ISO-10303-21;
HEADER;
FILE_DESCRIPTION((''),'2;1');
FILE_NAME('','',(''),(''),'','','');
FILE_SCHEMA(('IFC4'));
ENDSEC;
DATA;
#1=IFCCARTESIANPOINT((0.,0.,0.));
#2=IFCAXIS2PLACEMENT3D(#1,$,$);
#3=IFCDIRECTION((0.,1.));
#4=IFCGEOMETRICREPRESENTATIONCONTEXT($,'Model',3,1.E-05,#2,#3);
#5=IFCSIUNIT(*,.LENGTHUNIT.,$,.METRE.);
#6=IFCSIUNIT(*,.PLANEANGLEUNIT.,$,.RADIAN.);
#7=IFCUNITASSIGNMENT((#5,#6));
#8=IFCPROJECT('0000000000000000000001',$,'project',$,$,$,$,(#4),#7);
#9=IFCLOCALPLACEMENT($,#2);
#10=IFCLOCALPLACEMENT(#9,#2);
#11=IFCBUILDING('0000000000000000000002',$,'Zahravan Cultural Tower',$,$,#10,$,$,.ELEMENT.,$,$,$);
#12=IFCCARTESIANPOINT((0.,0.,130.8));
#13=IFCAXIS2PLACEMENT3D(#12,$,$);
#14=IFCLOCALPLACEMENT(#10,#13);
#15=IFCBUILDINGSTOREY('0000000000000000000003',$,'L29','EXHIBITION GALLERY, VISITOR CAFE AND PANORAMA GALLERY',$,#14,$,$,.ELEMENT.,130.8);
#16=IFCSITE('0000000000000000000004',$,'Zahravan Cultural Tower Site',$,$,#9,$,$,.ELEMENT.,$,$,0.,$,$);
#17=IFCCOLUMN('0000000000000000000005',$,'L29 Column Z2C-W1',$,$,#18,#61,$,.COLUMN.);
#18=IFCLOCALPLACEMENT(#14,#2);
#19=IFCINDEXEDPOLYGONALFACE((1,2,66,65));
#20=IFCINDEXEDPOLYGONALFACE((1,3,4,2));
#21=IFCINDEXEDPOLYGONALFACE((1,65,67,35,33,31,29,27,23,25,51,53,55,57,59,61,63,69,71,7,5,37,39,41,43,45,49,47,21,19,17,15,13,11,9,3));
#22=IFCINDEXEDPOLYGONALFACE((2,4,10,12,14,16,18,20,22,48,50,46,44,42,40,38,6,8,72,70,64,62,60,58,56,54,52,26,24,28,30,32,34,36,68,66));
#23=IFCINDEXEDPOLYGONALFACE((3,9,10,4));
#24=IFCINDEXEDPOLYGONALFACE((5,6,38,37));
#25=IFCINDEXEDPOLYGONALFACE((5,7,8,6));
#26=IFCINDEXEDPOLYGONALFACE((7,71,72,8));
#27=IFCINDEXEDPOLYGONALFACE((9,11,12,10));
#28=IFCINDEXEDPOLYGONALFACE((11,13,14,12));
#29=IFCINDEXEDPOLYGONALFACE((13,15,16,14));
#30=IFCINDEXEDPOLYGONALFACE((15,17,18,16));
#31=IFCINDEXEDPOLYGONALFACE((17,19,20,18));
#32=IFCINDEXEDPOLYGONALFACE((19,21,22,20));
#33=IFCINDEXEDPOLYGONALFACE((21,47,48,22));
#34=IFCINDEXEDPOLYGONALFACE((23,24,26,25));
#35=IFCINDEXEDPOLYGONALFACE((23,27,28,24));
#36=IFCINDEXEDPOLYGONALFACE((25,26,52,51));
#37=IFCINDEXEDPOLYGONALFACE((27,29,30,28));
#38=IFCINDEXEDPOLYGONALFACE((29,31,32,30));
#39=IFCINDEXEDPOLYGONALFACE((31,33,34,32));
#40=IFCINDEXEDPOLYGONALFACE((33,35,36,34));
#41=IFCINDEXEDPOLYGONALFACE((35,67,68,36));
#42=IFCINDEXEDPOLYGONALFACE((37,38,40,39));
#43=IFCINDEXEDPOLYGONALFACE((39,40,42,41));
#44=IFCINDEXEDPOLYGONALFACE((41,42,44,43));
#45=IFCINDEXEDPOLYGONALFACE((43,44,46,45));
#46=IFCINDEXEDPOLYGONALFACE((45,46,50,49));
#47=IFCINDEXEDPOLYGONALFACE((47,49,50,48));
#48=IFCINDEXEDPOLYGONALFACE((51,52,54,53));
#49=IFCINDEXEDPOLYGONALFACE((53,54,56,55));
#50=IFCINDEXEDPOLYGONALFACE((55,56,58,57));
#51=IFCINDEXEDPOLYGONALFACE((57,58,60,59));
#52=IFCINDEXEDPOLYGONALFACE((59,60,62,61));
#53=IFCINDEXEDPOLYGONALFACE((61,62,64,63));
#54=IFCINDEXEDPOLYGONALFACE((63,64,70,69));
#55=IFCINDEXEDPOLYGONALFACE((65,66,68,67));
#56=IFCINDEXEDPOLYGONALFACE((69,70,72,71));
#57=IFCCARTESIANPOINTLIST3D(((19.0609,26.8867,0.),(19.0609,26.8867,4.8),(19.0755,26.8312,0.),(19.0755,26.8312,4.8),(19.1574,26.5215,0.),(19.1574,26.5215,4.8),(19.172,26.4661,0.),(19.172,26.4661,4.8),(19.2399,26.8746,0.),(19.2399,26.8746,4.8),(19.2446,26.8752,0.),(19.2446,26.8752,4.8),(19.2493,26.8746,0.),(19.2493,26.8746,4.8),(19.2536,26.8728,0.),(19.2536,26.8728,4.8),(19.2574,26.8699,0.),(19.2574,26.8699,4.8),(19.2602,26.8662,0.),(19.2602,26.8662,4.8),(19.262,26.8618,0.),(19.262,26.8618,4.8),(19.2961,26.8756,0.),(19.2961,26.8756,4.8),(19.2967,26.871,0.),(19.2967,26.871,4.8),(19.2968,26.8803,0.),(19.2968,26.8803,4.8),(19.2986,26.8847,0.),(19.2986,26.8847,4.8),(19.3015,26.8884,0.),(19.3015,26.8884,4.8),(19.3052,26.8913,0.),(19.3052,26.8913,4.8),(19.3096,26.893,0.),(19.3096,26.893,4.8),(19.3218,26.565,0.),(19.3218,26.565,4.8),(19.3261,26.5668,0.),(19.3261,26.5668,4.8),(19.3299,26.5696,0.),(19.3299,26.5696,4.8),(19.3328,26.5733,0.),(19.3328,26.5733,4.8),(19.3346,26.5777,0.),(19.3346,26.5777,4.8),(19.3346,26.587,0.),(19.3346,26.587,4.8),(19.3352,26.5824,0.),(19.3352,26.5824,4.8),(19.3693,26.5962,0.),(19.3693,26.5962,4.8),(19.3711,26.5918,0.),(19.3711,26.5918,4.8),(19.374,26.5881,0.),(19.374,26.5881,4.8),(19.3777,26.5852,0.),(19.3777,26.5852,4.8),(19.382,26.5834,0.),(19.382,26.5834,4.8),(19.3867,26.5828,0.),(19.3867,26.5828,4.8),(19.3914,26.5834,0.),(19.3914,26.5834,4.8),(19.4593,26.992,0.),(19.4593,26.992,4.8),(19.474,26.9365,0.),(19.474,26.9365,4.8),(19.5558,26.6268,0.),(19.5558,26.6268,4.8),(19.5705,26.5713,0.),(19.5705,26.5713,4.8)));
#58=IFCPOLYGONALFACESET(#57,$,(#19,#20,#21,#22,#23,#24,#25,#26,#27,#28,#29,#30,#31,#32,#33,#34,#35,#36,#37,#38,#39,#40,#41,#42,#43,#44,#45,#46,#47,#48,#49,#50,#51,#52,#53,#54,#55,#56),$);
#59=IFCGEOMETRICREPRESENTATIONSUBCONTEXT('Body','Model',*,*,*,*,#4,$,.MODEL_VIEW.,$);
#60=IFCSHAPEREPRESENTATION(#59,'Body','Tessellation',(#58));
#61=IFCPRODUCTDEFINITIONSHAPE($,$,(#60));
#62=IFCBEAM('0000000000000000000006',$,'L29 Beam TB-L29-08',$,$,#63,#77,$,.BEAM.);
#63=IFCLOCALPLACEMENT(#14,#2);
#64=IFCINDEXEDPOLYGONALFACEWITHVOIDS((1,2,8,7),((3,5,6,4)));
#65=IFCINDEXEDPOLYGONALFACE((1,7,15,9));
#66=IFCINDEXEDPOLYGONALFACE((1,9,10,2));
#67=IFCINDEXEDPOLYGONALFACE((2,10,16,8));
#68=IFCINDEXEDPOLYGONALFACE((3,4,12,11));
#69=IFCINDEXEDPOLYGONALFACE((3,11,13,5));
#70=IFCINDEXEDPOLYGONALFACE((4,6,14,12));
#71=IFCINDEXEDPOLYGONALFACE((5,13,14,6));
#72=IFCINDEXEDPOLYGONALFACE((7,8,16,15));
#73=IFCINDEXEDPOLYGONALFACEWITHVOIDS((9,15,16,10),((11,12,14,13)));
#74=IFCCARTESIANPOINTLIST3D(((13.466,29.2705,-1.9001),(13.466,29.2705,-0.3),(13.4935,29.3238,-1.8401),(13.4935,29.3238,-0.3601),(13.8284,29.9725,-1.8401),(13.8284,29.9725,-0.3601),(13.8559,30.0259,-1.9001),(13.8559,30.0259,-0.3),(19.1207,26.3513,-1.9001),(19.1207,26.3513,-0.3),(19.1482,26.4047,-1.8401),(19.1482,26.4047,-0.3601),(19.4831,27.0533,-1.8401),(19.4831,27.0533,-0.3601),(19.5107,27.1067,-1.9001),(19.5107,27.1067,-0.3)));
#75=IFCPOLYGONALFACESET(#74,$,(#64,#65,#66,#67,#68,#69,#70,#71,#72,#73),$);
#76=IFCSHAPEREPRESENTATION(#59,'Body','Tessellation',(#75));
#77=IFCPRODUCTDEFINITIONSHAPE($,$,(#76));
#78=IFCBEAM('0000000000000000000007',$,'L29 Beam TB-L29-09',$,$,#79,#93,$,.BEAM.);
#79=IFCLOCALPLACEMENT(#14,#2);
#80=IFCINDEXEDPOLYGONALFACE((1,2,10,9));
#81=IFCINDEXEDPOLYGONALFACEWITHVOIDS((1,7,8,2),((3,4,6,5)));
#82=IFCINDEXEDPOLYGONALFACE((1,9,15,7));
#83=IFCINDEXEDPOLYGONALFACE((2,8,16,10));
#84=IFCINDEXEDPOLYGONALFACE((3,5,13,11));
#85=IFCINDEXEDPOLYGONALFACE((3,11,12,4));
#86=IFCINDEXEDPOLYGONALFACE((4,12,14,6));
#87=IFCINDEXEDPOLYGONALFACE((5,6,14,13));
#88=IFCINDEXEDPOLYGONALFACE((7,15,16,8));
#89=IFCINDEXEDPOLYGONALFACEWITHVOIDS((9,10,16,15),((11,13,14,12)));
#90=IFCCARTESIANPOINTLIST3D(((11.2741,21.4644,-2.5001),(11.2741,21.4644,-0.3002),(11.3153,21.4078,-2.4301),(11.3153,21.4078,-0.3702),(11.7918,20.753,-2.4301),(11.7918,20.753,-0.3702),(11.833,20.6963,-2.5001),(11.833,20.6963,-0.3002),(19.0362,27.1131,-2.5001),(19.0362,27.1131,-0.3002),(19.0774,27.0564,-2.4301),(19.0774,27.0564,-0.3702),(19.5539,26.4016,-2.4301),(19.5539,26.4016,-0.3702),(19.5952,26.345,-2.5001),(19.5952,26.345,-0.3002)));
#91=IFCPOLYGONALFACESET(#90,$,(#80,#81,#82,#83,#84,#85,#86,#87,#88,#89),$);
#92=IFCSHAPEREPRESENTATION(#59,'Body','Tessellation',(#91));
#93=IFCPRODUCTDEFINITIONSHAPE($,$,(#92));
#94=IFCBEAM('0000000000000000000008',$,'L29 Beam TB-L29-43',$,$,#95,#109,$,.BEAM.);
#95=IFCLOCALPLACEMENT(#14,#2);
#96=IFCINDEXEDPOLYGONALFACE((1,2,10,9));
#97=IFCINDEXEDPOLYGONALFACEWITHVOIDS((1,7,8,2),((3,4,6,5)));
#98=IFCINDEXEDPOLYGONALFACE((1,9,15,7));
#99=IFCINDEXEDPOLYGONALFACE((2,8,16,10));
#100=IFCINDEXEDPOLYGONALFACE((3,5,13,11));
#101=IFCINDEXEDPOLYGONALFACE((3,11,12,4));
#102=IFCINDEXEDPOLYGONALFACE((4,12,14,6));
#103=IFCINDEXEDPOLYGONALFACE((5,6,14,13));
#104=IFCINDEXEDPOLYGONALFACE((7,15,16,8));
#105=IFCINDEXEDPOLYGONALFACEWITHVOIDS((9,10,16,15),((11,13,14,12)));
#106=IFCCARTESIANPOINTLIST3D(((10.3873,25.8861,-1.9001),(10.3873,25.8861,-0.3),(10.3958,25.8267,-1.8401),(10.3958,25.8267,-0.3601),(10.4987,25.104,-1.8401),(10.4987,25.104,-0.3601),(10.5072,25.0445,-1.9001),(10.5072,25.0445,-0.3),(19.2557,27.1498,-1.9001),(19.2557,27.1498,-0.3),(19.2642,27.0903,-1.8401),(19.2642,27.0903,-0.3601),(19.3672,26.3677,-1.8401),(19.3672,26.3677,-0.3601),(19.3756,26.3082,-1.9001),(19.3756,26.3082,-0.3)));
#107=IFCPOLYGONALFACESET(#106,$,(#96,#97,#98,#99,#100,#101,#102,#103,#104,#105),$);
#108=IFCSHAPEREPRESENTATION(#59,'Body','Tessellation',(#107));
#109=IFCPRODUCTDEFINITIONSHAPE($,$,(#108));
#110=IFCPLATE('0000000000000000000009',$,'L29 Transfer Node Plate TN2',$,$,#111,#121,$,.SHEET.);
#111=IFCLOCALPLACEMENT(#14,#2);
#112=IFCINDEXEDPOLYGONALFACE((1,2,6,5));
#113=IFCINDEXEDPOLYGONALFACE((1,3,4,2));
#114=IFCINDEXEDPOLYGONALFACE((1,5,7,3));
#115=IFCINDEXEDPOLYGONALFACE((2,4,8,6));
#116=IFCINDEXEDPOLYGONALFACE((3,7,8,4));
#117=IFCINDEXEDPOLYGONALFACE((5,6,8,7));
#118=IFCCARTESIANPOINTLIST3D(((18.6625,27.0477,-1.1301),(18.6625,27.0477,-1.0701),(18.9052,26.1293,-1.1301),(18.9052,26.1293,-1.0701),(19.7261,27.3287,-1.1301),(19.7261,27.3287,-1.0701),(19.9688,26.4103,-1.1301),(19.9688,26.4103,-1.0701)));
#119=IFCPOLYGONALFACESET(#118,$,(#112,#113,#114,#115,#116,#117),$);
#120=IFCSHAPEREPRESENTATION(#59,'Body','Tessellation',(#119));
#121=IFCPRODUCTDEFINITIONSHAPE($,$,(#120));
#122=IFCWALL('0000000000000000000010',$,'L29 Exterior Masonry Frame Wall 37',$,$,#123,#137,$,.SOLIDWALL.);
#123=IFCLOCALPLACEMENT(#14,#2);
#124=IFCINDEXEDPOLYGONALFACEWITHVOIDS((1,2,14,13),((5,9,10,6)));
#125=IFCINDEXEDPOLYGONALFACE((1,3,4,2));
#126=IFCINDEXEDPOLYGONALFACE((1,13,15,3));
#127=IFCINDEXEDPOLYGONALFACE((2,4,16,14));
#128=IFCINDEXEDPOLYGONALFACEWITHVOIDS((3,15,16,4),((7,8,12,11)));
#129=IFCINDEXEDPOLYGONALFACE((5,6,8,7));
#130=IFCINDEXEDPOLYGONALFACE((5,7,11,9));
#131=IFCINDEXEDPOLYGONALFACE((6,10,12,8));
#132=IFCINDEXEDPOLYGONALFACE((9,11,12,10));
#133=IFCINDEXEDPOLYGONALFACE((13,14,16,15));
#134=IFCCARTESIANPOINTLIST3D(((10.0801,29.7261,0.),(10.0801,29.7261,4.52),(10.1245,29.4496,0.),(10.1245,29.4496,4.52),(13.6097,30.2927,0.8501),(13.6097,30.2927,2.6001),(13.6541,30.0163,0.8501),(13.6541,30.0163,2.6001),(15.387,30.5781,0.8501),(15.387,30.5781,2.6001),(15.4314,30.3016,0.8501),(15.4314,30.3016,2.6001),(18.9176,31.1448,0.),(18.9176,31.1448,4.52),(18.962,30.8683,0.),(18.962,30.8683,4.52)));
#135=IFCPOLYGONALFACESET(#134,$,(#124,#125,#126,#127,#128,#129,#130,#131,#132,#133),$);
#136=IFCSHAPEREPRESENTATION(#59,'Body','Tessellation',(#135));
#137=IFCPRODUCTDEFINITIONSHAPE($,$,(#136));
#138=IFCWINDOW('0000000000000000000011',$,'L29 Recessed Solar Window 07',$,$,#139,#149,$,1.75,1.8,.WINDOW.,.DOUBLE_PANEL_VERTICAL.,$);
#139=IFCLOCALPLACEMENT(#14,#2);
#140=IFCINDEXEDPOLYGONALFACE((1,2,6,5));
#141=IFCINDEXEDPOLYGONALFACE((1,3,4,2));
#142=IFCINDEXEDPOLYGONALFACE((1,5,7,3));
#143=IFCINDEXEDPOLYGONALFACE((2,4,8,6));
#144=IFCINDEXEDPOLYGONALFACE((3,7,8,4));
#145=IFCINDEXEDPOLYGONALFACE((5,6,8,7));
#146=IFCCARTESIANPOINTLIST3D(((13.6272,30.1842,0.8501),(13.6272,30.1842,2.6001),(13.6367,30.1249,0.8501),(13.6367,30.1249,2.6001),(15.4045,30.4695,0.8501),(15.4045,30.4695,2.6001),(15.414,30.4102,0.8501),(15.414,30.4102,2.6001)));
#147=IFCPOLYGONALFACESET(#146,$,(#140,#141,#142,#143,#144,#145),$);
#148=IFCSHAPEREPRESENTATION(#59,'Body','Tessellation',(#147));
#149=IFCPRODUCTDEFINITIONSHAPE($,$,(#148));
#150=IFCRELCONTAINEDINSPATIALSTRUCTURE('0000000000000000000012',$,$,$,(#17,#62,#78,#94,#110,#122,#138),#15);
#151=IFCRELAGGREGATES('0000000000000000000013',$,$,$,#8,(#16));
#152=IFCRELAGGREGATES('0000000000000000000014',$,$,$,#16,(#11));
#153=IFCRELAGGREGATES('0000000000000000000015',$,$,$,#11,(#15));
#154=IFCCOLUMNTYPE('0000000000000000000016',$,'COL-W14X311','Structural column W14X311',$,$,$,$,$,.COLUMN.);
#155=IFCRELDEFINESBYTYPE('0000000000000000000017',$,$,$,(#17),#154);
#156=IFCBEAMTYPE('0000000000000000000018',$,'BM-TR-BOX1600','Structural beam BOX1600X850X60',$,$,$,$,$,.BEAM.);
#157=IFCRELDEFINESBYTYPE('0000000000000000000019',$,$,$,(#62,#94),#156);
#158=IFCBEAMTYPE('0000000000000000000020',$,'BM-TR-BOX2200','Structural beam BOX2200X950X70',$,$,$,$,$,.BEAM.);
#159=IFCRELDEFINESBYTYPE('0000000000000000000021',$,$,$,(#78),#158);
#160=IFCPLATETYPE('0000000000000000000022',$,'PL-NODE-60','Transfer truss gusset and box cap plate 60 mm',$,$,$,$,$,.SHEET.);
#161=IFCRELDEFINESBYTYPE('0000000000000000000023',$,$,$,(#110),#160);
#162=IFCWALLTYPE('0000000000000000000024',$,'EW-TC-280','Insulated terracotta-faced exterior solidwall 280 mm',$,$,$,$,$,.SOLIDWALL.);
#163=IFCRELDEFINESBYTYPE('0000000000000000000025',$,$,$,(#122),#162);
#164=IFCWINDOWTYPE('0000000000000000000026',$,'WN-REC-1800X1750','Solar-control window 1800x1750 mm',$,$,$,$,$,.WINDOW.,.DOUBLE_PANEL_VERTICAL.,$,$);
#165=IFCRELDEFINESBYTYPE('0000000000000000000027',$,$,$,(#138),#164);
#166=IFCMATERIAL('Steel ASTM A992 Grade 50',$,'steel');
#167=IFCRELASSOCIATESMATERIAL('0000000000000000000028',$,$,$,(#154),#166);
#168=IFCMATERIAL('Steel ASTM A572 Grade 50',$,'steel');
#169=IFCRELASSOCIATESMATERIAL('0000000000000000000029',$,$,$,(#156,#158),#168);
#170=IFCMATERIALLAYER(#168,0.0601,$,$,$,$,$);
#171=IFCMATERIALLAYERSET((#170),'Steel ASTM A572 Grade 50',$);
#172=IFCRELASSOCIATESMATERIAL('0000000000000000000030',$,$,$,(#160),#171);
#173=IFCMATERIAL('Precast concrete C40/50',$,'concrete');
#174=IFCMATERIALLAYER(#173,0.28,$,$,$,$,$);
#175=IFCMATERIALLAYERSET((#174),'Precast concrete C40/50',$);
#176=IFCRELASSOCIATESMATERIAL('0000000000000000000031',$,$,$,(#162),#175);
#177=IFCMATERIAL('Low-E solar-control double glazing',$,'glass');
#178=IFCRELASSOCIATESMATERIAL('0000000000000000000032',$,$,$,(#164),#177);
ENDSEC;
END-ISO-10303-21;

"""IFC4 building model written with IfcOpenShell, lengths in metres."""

from ifc_helpers import new_model, si_unit, direction, frame, frame_2d, origin, origin_2d, place, context, subcontext, project, spatial, rectangle, hollow_rectangle, i_section, extrude, source, transform, mapped, material, layer, layer_set, material_profile, profile_set, type_object, element, fill, save


model = new_model("IFC4")

# Units and contexts
model_context = context("Model", 3, precision=1e-05, world=origin(), true_north=direction((0.0, 1.0)))
body_context = subcontext(model_context, "Body", "Model", "MODEL_VIEW")
ifc_project = project(units=[si_unit("LENGTHUNIT", "METRE"), si_unit("PLANEANGLEUNIT", "RADIAN")], contexts=[model_context])

# Site, building, storey
site_placement = place(None, origin())
site = spatial("IfcSite", under=ifc_project, at=site_placement, Name="Zahravan Cultural Tower Site", CompositionType="ELEMENT", RefElevation=0.0)
building_placement = place(site_placement, origin())
building = spatial("IfcBuilding", under=site, at=building_placement, Name="Zahravan Cultural Tower", CompositionType="ELEMENT")
storey_placement = place(building_placement, frame((0.0, 0.0, 130.8)))
storey = spatial("IfcBuildingStorey", under=building, at=storey_placement, Name="L29", Description="EXHIBITION GALLERY, VISITOR CAFE AND PANORAMA GALLERY", CompositionType="ELEMENT", Elevation=130.8)

# Column
ifc_material_1 = material(Name="Steel ASTM A992 Grade 50", Category="steel")
ifc_material_profile_1 = material_profile(ifc_material_1, i_section(OverallWidth=0.4121, OverallDepth=0.4351, WebThickness=0.0359, FlangeThickness=0.0574, FilletRadius=0.0181, at=origin_2d()), Name="W14X311")
ifc_profile_set_1 = profile_set([ifc_material_profile_1], Name="Steel ASTM A992 Grade 50")
column_type = type_object("IfcColumnType", Name="COL-W14X311", Description="Structural column W14X311", PredefinedType="COLUMN", material=ifc_profile_set_1)
shared_shape_1 = source(origin(), body_context, "Body", "SweptSolid", [
    extrude(i_section(OverallWidth=0.4121, OverallDepth=0.4351, WebThickness=0.0359, FlangeThickness=0.0574, FilletRadius=0.0181, at=origin_2d()), origin(), (0.0, 0.0, 1.0), 4.8),
])
column_placement = place(storey_placement, frame((19.3157, 26.729, 0.0), z_axis=(0.0, 0.0, 1.0), x_axis=(0.966823, 0.255446, 0.0)))
element("IfcColumn", 1, at=column_placement, inside=storey, type_object=column_type, Name="L29 Column Z2C-W1", PredefinedType="COLUMN", context=body_context, shape_type="MappedRepresentation", body=[
    mapped(shared_shape_1, transform((0.0, 0.0, 0.0), x_axis=(1.0, 0.0, 0.0), y_axis=(0.0, 1.0, 0.0), z_axis=(0.0, 0.0, 1.0), scale=1.0)),
])

# Beams
ifc_material_2 = material(Name="Steel ASTM A572 Grade 50", Category="steel")
ifc_material_profile_2 = material_profile(ifc_material_2, hollow_rectangle(XDim=0.8501, YDim=1.6001, WallThickness=0.0601, at=origin_2d()), Name="BOX1600X850X60")
ifc_profile_set_2 = profile_set([ifc_material_profile_2], Name="Steel ASTM A572 Grade 50")
beam_type_1 = type_object("IfcBeamType", Name="BM-TR-BOX1600", Description="Structural beam BOX1600X850X60", PredefinedType="BEAM", material=ifc_profile_set_2)
shared_shape_2 = source(origin(), body_context, "Body", "SweptSolid", [
    extrude(hollow_rectangle(XDim=0.8501, YDim=1.6001, WallThickness=0.0601, at=origin_2d()), origin(), (0.0, 0.0, 1.0), 6.3638),
])
beam_1_placement = place(storey_placement, frame((19.3157, 26.729, -1.1001), z_axis=(-0.888583, 0.458716, 0.0), x_axis=(-0.458716, -0.888583, 0.0)))
element("IfcBeam", 2, at=beam_1_placement, inside=storey, type_object=beam_type_1, Name="L29 Beam TB-L29-08", PredefinedType="BEAM", context=body_context, shape_type="MappedRepresentation", body=[
    mapped(shared_shape_2, transform((0.0, 0.0, 0.0), x_axis=(1.0, 0.0, 0.0), y_axis=(0.0, 1.0, 0.0), z_axis=(0.0, 0.0, 1.0), scale=1.0)),
])
ifc_material_profile_3 = material_profile(ifc_material_2, hollow_rectangle(XDim=0.95, YDim=2.2, WallThickness=0.0701, at=origin_2d()), Name="BOX2200X950X70")
ifc_profile_set_3 = profile_set([ifc_material_profile_3], Name="Steel ASTM A572 Grade 50")
beam_type_2 = type_object("IfcBeamType", Name="BM-TR-BOX2200", Description="Structural beam BOX2200X950X70", PredefinedType="BEAM", material=ifc_profile_set_3)
shared_shape_3 = source(origin(), body_context, "Body", "SweptSolid", [
    extrude(hollow_rectangle(XDim=0.95, YDim=2.2, WallThickness=0.0701, at=origin_2d()), origin(), (0.0, 0.0, 1.0), 9.5999),
])
beam_2_placement = place(storey_placement, frame((19.3157, 26.729, -1.4001), z_axis=(-0.808566, -0.588406, 0.0), x_axis=(0.588406, -0.808566, 0.0)))
element("IfcBeam", 3, at=beam_2_placement, inside=storey, type_object=beam_type_2, Name="L29 Beam TB-L29-09", PredefinedType="BEAM", context=body_context, shape_type="MappedRepresentation", body=[
    mapped(shared_shape_3, transform((0.0, 0.0, 0.0), x_axis=(1.0, 0.0, 0.0), y_axis=(0.0, 1.0, 0.0), z_axis=(0.0, 0.0, 1.0), scale=1.0)),
])
shared_shape_4 = source(origin(), body_context, "Body", "SweptSolid", [
    extrude(hollow_rectangle(XDim=0.8501, YDim=1.6001, WallThickness=0.0601, at=origin_2d()), origin(), (0.0, 0.0, 1.0), 8.958),
])
beam_3_placement = place(storey_placement, frame((19.3157, 26.729, -1.1001), z_axis=(-0.99, -0.141067, 0.0), x_axis=(0.141067, -0.99, 0.0)))
element("IfcBeam", 4, at=beam_3_placement, inside=storey, type_object=beam_type_1, Name="L29 Beam TB-L29-43", PredefinedType="BEAM", context=body_context, shape_type="MappedRepresentation", body=[
    mapped(shared_shape_4, transform((0.0, 0.0, 0.0), x_axis=(1.0, 0.0, 0.0), y_axis=(0.0, 1.0, 0.0), z_axis=(0.0, 0.0, 1.0), scale=1.0)),
])

# Plate
ifc_layer_1 = layer(ifc_material_2, 0.0601)
ifc_layer_set_1 = layer_set([ifc_layer_1], Name="Steel ASTM A572 Grade 50")
plate_type = type_object("IfcPlateType", Name="PL-NODE-60", Description="Transfer truss gusset and box cap plate 60 mm", PredefinedType="SHEET", material=ifc_layer_set_1)
shared_shape_5 = source(origin(), body_context, "Body", "SweptSolid", [
    extrude(rectangle(XDim=1.1001, YDim=0.95, at=origin_2d()), origin(), (0.0, 0.0, 1.0), 0.0601),
])
plate_placement = place(storey_placement, frame((19.3157, 26.729, -1.1301), z_axis=(0.0, 0.0, 1.0), x_axis=(0.966823, 0.255446, 0.0)))
element("IfcPlate", 5, at=plate_placement, inside=storey, type_object=plate_type, Name="L29 Transfer Node Plate TN2", PredefinedType="SHEET", context=body_context, shape_type="MappedRepresentation", body=[
    mapped(shared_shape_5, transform((0.0, 0.0, 0.0), x_axis=(1.0, 0.0, 0.0), y_axis=(0.0, 1.0, 0.0), z_axis=(0.0, 0.0, 1.0), scale=1.0)),
])

# Wall, opening, window
ifc_material_3 = material(Name="Precast concrete C40/50", Category="concrete")
ifc_layer_2 = layer(ifc_material_3, 0.28)
ifc_layer_set_2 = layer_set([ifc_layer_2], Name="Precast concrete C40/50")
wall_type_1 = type_object("IfcWallType", Name="EW-TC-280", Description="Insulated terracotta-faced exterior solidwall 280 mm", PredefinedType="SOLIDWALL", material=ifc_layer_set_2)
wall_1_placement = place(storey_placement, frame((10.1023, 29.5879, 0.0), z_axis=(0.0, 0.0, 1.0), x_axis=(0.987359, 0.1585, 0.0)))
wall_1 = element("IfcWall", 6, at=wall_1_placement, inside=storey, type_object=wall_type_1, Name="L29 Exterior Masonry Frame Wall 37", PredefinedType="SOLIDWALL", context=body_context, shape_type="SweptSolid", body=[
    extrude(rectangle(XDim=8.9507, YDim=0.28, at=frame_2d((4.4753, 0.0))), origin(), (0.0, 0.0, 1.0), 4.52),
])
opening_1_placement = place(wall_1_placement, frame((3.575, 0.0, 0.8501)))
opening_1 = element("IfcOpeningElement", 7, at=opening_1_placement, cuts=wall_1, PredefinedType="OPENING", context=body_context, shape_type="SweptSolid", body=[
    extrude(rectangle(XDim=1.8, YDim=1.75, at=frame_2d((0.8999, 0.875))), frame((0.0, 0.1499, 0.0), z_axis=(0.0, -1.0, 0.0), x_axis=(1.0, 0.0, 0.0)), (0.0, 0.0, 1.0), 0.3),
])
ifc_material_4 = material(Name="Low-E solar-control double glazing", Category="glass")
window_type = type_object("IfcWindowType", Name="WN-REC-1800X1750", Description="Solar-control window 1800x1750 mm", PartitioningType="DOUBLE_PANEL_VERTICAL", PredefinedType="WINDOW", material=ifc_material_4)
shared_shape_6 = source(origin(), body_context, "Body", "SweptSolid", [
    extrude(rectangle(XDim=1.8, YDim=1.75, at=frame_2d((0.8999, 0.875))), frame((0.0, 0.03, 0.0), z_axis=(0.0, -1.0, 0.0), x_axis=(1.0, 0.0, 0.0)), (0.0, 0.0, 1.0), 0.0601),
])
window_placement = place(opening_1_placement, origin())
window = element("IfcWindow", 8, at=window_placement, inside=storey, type_object=window_type, Name="L29 Recessed Solar Window 07", OverallHeight=1.75, OverallWidth=1.8, PartitioningType="DOUBLE_PANEL_VERTICAL", PredefinedType="WINDOW", context=body_context, shape_type="MappedRepresentation", body=[
    mapped(shared_shape_6, transform((0.0, 0.0, 0.0), x_axis=(1.0, 0.0, 0.0), y_axis=(0.0, 1.0, 0.0), z_axis=(0.0, 0.0, 1.0), scale=1.0)),
])
fill(opening_1, window)

save(model, "model.ifc")
